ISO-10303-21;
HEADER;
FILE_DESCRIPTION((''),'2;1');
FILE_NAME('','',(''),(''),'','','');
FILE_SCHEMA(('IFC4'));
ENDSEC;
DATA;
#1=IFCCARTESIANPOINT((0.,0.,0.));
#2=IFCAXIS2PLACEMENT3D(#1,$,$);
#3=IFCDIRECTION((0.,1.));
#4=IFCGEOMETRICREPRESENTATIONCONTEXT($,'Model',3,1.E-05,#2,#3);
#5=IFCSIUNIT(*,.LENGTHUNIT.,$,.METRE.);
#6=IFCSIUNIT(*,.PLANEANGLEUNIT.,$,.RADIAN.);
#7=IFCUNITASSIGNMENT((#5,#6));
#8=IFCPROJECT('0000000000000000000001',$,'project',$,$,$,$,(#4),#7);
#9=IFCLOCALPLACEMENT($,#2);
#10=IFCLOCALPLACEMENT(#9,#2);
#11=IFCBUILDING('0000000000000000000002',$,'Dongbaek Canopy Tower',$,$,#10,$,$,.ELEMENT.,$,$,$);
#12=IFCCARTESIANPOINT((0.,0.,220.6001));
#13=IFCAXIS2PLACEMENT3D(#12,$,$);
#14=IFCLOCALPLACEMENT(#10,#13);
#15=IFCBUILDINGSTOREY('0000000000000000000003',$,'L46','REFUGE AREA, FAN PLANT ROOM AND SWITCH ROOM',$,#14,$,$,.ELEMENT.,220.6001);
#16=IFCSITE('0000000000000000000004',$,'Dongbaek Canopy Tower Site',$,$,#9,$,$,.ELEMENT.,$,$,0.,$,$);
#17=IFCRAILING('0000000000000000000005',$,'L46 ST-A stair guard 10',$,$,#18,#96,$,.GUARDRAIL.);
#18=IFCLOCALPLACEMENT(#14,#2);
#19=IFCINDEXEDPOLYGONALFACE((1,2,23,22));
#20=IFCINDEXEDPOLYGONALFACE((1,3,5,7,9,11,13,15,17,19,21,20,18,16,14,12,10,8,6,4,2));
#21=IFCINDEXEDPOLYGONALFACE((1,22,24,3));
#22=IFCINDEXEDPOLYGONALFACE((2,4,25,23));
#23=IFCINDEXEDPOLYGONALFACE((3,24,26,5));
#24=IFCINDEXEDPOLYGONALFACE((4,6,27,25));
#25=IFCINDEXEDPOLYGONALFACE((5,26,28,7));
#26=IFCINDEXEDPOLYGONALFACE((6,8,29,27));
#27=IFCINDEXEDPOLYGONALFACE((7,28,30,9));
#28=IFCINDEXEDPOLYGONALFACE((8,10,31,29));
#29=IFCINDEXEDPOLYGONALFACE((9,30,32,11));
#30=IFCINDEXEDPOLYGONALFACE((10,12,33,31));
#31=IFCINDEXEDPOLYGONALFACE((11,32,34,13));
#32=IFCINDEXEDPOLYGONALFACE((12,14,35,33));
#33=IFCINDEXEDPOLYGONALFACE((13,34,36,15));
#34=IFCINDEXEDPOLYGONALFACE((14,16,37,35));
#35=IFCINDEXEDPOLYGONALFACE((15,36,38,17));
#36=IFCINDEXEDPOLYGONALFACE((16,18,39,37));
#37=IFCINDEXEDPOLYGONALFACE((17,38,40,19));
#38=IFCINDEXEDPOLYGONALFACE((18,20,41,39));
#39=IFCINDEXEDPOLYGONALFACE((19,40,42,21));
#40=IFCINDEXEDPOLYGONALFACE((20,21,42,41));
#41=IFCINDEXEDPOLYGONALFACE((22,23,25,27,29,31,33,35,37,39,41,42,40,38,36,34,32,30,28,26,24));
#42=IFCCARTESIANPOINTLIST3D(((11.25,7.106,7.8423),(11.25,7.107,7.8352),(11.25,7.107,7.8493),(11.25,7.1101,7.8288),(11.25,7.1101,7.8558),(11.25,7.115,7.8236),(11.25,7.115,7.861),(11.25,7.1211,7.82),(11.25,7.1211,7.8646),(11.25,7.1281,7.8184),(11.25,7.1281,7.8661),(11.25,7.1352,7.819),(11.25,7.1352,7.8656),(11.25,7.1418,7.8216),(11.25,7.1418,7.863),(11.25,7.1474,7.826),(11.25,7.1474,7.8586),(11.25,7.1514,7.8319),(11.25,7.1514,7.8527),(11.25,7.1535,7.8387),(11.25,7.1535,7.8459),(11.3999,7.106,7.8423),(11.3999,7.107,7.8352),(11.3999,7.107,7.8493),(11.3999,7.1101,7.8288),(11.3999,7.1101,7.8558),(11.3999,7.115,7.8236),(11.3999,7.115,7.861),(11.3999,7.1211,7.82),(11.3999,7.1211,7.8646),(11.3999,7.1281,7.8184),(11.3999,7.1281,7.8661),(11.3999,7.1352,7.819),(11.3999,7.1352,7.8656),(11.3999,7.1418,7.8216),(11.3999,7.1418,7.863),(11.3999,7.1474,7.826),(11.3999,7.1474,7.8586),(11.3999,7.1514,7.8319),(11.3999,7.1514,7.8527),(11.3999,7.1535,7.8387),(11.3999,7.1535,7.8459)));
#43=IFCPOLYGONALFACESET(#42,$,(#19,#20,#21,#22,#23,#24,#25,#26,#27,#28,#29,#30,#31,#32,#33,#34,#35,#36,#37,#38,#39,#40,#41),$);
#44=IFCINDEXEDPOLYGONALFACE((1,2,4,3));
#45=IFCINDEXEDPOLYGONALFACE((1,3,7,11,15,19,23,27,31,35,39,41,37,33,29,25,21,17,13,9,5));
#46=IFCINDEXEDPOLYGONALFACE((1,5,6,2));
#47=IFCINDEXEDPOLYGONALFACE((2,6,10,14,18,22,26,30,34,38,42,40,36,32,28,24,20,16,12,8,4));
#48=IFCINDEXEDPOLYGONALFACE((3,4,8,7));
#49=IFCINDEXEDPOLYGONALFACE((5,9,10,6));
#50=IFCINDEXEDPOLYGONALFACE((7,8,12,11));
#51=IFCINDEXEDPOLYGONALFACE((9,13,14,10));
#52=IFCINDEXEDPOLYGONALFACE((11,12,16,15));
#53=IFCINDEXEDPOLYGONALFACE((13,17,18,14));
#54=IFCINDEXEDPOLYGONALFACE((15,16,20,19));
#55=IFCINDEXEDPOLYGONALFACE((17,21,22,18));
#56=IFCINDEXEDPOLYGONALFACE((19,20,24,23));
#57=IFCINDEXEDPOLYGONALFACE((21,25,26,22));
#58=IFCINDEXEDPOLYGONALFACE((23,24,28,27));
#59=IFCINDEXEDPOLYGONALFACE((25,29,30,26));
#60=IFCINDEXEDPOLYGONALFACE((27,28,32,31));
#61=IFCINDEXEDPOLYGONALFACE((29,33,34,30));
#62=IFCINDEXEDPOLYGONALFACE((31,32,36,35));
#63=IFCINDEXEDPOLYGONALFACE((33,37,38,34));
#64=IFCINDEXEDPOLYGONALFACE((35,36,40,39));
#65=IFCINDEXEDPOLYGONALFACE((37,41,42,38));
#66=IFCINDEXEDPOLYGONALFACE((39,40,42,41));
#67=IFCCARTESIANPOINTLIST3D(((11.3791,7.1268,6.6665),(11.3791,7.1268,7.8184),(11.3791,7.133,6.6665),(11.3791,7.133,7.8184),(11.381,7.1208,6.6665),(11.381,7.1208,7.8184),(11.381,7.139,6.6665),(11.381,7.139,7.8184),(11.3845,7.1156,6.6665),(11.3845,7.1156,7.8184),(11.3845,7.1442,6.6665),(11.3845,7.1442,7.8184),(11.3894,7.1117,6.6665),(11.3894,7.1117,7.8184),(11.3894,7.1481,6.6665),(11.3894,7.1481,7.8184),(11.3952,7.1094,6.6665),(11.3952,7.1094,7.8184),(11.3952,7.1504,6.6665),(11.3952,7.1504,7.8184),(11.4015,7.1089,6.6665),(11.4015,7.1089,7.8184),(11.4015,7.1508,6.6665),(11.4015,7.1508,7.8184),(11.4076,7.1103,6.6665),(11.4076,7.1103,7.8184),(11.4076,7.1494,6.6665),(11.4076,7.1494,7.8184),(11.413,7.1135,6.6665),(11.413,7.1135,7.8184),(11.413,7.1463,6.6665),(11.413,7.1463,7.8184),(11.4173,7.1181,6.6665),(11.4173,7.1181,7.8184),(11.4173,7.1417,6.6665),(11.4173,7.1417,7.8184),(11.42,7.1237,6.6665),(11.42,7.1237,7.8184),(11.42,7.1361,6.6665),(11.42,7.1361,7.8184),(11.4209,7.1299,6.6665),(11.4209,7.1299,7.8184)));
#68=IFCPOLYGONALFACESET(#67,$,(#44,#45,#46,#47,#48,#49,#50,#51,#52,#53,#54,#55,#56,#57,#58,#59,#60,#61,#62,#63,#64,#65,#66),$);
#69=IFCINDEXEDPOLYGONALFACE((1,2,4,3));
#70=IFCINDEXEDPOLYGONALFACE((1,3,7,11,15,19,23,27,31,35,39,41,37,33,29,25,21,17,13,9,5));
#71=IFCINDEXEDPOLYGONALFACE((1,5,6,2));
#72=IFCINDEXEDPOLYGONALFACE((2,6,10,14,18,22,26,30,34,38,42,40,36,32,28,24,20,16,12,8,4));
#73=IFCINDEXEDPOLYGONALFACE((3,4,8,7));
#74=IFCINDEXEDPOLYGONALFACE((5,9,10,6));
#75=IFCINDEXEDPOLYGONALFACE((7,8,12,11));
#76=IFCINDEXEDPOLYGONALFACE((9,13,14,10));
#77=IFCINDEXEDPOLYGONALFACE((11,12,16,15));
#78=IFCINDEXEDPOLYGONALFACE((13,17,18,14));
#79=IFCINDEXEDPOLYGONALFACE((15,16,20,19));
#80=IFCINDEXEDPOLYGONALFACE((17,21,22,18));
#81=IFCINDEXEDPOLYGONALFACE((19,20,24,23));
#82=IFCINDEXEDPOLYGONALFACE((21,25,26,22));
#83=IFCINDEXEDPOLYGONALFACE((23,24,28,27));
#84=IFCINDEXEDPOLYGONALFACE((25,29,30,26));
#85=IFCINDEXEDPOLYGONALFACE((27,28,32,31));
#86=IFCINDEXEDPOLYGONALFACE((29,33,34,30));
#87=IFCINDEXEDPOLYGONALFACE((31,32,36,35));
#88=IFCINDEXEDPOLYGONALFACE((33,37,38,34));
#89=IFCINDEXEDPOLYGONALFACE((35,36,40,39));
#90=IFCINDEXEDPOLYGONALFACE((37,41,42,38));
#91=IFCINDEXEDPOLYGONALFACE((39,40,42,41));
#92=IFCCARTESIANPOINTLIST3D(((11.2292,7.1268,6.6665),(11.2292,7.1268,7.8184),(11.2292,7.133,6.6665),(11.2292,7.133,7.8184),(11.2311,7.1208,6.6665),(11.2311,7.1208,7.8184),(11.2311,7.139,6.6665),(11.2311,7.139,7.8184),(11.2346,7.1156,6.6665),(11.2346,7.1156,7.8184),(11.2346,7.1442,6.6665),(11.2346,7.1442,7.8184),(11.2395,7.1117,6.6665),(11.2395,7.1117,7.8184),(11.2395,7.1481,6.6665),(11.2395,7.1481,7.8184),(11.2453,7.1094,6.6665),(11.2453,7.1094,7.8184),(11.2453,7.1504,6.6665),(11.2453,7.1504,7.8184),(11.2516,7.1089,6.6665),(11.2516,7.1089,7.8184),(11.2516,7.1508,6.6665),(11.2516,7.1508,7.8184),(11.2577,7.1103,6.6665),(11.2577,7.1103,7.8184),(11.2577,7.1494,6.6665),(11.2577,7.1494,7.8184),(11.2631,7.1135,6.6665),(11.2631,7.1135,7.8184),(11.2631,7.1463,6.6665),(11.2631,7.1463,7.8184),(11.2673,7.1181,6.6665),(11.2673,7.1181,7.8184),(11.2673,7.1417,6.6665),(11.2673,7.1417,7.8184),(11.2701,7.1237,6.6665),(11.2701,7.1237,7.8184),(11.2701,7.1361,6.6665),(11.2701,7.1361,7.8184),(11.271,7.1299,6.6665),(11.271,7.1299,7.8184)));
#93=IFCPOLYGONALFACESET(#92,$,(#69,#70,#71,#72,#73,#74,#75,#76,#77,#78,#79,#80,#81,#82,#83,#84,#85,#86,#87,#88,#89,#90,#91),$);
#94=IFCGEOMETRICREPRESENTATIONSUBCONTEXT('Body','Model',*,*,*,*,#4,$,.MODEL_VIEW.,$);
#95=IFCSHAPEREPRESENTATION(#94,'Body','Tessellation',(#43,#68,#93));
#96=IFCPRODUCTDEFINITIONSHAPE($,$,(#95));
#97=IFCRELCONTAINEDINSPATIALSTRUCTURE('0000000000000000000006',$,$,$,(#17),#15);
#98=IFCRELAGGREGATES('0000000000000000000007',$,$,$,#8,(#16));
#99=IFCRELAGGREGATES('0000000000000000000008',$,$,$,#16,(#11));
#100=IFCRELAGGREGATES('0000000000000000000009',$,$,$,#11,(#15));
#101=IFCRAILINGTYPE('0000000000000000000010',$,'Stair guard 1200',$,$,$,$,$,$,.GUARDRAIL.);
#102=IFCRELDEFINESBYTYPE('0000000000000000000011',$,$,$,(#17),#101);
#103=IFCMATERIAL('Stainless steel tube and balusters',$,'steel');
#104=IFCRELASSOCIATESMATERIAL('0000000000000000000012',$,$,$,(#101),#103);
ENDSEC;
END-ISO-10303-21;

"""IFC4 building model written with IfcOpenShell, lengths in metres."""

from ifc_helpers import new_model, si_unit, direction, frame, origin, origin_2d, place, context, subcontext, project, spatial, circle, extrude, material, type_object, element, save


model = new_model("IFC4")

# Units and contexts
model_context = context("Model", 3, precision=1e-05, world=origin(), true_north=direction((0.0, 1.0)))
body_context = subcontext(model_context, "Body", "Model", "MODEL_VIEW")
ifc_project = project(units=[si_unit("LENGTHUNIT", "METRE"), si_unit("PLANEANGLEUNIT", "RADIAN")], contexts=[model_context])

# Site, building, storey
site_placement = place(None, origin())
site = spatial("IfcSite", under=ifc_project, at=site_placement, Name="Dongbaek Canopy Tower Site", CompositionType="ELEMENT", RefElevation=0.0)
building_placement = place(site_placement, origin())
building = spatial("IfcBuilding", under=site, at=building_placement, Name="Dongbaek Canopy Tower", CompositionType="ELEMENT")
storey_placement = place(building_placement, frame((0.0, 0.0, 220.6001)))
storey = spatial("IfcBuildingStorey", under=building, at=storey_placement, Name="L46", Description="REFUGE AREA, FAN PLANT ROOM AND SWITCH ROOM", CompositionType="ELEMENT", Elevation=220.6001)

# Railing
ifc_material_1 = material(Name="Stainless steel tube and balusters", Category="steel")
railing_type = type_object("IfcRailingType", Name="Stair guard 1200", PredefinedType="GUARDRAIL", material=ifc_material_1)
railing_1_placement = place(storey_placement, frame((11.3999, 7.1299, 6.6665)))
element("IfcRailing", 1, at=railing_1_placement, inside=storey, type_object=railing_type, Name="L46 ST-A stair guard 10", PredefinedType="GUARDRAIL", context=body_context, shape_type="SweptSolid", body=[
    extrude(circle(Radius=0.0239, at=origin_2d()), frame((0.0, 0.0, 1.1758), z_axis=(-1.0, 0.0, 0.0), x_axis=(0.0, -1.0, 0.0)), (0.0, 0.0, 1.0), 0.1499),
    extrude(circle(Radius=0.021, at=origin_2d()), origin(), (0.0, 0.0, 1.0), 1.1519),
    extrude(circle(Radius=0.021, at=origin_2d()), frame((-0.1499, 0.0, 0.0)), (0.0, 0.0, 1.0), 1.1519),
])

save(model, "model.ifc")
